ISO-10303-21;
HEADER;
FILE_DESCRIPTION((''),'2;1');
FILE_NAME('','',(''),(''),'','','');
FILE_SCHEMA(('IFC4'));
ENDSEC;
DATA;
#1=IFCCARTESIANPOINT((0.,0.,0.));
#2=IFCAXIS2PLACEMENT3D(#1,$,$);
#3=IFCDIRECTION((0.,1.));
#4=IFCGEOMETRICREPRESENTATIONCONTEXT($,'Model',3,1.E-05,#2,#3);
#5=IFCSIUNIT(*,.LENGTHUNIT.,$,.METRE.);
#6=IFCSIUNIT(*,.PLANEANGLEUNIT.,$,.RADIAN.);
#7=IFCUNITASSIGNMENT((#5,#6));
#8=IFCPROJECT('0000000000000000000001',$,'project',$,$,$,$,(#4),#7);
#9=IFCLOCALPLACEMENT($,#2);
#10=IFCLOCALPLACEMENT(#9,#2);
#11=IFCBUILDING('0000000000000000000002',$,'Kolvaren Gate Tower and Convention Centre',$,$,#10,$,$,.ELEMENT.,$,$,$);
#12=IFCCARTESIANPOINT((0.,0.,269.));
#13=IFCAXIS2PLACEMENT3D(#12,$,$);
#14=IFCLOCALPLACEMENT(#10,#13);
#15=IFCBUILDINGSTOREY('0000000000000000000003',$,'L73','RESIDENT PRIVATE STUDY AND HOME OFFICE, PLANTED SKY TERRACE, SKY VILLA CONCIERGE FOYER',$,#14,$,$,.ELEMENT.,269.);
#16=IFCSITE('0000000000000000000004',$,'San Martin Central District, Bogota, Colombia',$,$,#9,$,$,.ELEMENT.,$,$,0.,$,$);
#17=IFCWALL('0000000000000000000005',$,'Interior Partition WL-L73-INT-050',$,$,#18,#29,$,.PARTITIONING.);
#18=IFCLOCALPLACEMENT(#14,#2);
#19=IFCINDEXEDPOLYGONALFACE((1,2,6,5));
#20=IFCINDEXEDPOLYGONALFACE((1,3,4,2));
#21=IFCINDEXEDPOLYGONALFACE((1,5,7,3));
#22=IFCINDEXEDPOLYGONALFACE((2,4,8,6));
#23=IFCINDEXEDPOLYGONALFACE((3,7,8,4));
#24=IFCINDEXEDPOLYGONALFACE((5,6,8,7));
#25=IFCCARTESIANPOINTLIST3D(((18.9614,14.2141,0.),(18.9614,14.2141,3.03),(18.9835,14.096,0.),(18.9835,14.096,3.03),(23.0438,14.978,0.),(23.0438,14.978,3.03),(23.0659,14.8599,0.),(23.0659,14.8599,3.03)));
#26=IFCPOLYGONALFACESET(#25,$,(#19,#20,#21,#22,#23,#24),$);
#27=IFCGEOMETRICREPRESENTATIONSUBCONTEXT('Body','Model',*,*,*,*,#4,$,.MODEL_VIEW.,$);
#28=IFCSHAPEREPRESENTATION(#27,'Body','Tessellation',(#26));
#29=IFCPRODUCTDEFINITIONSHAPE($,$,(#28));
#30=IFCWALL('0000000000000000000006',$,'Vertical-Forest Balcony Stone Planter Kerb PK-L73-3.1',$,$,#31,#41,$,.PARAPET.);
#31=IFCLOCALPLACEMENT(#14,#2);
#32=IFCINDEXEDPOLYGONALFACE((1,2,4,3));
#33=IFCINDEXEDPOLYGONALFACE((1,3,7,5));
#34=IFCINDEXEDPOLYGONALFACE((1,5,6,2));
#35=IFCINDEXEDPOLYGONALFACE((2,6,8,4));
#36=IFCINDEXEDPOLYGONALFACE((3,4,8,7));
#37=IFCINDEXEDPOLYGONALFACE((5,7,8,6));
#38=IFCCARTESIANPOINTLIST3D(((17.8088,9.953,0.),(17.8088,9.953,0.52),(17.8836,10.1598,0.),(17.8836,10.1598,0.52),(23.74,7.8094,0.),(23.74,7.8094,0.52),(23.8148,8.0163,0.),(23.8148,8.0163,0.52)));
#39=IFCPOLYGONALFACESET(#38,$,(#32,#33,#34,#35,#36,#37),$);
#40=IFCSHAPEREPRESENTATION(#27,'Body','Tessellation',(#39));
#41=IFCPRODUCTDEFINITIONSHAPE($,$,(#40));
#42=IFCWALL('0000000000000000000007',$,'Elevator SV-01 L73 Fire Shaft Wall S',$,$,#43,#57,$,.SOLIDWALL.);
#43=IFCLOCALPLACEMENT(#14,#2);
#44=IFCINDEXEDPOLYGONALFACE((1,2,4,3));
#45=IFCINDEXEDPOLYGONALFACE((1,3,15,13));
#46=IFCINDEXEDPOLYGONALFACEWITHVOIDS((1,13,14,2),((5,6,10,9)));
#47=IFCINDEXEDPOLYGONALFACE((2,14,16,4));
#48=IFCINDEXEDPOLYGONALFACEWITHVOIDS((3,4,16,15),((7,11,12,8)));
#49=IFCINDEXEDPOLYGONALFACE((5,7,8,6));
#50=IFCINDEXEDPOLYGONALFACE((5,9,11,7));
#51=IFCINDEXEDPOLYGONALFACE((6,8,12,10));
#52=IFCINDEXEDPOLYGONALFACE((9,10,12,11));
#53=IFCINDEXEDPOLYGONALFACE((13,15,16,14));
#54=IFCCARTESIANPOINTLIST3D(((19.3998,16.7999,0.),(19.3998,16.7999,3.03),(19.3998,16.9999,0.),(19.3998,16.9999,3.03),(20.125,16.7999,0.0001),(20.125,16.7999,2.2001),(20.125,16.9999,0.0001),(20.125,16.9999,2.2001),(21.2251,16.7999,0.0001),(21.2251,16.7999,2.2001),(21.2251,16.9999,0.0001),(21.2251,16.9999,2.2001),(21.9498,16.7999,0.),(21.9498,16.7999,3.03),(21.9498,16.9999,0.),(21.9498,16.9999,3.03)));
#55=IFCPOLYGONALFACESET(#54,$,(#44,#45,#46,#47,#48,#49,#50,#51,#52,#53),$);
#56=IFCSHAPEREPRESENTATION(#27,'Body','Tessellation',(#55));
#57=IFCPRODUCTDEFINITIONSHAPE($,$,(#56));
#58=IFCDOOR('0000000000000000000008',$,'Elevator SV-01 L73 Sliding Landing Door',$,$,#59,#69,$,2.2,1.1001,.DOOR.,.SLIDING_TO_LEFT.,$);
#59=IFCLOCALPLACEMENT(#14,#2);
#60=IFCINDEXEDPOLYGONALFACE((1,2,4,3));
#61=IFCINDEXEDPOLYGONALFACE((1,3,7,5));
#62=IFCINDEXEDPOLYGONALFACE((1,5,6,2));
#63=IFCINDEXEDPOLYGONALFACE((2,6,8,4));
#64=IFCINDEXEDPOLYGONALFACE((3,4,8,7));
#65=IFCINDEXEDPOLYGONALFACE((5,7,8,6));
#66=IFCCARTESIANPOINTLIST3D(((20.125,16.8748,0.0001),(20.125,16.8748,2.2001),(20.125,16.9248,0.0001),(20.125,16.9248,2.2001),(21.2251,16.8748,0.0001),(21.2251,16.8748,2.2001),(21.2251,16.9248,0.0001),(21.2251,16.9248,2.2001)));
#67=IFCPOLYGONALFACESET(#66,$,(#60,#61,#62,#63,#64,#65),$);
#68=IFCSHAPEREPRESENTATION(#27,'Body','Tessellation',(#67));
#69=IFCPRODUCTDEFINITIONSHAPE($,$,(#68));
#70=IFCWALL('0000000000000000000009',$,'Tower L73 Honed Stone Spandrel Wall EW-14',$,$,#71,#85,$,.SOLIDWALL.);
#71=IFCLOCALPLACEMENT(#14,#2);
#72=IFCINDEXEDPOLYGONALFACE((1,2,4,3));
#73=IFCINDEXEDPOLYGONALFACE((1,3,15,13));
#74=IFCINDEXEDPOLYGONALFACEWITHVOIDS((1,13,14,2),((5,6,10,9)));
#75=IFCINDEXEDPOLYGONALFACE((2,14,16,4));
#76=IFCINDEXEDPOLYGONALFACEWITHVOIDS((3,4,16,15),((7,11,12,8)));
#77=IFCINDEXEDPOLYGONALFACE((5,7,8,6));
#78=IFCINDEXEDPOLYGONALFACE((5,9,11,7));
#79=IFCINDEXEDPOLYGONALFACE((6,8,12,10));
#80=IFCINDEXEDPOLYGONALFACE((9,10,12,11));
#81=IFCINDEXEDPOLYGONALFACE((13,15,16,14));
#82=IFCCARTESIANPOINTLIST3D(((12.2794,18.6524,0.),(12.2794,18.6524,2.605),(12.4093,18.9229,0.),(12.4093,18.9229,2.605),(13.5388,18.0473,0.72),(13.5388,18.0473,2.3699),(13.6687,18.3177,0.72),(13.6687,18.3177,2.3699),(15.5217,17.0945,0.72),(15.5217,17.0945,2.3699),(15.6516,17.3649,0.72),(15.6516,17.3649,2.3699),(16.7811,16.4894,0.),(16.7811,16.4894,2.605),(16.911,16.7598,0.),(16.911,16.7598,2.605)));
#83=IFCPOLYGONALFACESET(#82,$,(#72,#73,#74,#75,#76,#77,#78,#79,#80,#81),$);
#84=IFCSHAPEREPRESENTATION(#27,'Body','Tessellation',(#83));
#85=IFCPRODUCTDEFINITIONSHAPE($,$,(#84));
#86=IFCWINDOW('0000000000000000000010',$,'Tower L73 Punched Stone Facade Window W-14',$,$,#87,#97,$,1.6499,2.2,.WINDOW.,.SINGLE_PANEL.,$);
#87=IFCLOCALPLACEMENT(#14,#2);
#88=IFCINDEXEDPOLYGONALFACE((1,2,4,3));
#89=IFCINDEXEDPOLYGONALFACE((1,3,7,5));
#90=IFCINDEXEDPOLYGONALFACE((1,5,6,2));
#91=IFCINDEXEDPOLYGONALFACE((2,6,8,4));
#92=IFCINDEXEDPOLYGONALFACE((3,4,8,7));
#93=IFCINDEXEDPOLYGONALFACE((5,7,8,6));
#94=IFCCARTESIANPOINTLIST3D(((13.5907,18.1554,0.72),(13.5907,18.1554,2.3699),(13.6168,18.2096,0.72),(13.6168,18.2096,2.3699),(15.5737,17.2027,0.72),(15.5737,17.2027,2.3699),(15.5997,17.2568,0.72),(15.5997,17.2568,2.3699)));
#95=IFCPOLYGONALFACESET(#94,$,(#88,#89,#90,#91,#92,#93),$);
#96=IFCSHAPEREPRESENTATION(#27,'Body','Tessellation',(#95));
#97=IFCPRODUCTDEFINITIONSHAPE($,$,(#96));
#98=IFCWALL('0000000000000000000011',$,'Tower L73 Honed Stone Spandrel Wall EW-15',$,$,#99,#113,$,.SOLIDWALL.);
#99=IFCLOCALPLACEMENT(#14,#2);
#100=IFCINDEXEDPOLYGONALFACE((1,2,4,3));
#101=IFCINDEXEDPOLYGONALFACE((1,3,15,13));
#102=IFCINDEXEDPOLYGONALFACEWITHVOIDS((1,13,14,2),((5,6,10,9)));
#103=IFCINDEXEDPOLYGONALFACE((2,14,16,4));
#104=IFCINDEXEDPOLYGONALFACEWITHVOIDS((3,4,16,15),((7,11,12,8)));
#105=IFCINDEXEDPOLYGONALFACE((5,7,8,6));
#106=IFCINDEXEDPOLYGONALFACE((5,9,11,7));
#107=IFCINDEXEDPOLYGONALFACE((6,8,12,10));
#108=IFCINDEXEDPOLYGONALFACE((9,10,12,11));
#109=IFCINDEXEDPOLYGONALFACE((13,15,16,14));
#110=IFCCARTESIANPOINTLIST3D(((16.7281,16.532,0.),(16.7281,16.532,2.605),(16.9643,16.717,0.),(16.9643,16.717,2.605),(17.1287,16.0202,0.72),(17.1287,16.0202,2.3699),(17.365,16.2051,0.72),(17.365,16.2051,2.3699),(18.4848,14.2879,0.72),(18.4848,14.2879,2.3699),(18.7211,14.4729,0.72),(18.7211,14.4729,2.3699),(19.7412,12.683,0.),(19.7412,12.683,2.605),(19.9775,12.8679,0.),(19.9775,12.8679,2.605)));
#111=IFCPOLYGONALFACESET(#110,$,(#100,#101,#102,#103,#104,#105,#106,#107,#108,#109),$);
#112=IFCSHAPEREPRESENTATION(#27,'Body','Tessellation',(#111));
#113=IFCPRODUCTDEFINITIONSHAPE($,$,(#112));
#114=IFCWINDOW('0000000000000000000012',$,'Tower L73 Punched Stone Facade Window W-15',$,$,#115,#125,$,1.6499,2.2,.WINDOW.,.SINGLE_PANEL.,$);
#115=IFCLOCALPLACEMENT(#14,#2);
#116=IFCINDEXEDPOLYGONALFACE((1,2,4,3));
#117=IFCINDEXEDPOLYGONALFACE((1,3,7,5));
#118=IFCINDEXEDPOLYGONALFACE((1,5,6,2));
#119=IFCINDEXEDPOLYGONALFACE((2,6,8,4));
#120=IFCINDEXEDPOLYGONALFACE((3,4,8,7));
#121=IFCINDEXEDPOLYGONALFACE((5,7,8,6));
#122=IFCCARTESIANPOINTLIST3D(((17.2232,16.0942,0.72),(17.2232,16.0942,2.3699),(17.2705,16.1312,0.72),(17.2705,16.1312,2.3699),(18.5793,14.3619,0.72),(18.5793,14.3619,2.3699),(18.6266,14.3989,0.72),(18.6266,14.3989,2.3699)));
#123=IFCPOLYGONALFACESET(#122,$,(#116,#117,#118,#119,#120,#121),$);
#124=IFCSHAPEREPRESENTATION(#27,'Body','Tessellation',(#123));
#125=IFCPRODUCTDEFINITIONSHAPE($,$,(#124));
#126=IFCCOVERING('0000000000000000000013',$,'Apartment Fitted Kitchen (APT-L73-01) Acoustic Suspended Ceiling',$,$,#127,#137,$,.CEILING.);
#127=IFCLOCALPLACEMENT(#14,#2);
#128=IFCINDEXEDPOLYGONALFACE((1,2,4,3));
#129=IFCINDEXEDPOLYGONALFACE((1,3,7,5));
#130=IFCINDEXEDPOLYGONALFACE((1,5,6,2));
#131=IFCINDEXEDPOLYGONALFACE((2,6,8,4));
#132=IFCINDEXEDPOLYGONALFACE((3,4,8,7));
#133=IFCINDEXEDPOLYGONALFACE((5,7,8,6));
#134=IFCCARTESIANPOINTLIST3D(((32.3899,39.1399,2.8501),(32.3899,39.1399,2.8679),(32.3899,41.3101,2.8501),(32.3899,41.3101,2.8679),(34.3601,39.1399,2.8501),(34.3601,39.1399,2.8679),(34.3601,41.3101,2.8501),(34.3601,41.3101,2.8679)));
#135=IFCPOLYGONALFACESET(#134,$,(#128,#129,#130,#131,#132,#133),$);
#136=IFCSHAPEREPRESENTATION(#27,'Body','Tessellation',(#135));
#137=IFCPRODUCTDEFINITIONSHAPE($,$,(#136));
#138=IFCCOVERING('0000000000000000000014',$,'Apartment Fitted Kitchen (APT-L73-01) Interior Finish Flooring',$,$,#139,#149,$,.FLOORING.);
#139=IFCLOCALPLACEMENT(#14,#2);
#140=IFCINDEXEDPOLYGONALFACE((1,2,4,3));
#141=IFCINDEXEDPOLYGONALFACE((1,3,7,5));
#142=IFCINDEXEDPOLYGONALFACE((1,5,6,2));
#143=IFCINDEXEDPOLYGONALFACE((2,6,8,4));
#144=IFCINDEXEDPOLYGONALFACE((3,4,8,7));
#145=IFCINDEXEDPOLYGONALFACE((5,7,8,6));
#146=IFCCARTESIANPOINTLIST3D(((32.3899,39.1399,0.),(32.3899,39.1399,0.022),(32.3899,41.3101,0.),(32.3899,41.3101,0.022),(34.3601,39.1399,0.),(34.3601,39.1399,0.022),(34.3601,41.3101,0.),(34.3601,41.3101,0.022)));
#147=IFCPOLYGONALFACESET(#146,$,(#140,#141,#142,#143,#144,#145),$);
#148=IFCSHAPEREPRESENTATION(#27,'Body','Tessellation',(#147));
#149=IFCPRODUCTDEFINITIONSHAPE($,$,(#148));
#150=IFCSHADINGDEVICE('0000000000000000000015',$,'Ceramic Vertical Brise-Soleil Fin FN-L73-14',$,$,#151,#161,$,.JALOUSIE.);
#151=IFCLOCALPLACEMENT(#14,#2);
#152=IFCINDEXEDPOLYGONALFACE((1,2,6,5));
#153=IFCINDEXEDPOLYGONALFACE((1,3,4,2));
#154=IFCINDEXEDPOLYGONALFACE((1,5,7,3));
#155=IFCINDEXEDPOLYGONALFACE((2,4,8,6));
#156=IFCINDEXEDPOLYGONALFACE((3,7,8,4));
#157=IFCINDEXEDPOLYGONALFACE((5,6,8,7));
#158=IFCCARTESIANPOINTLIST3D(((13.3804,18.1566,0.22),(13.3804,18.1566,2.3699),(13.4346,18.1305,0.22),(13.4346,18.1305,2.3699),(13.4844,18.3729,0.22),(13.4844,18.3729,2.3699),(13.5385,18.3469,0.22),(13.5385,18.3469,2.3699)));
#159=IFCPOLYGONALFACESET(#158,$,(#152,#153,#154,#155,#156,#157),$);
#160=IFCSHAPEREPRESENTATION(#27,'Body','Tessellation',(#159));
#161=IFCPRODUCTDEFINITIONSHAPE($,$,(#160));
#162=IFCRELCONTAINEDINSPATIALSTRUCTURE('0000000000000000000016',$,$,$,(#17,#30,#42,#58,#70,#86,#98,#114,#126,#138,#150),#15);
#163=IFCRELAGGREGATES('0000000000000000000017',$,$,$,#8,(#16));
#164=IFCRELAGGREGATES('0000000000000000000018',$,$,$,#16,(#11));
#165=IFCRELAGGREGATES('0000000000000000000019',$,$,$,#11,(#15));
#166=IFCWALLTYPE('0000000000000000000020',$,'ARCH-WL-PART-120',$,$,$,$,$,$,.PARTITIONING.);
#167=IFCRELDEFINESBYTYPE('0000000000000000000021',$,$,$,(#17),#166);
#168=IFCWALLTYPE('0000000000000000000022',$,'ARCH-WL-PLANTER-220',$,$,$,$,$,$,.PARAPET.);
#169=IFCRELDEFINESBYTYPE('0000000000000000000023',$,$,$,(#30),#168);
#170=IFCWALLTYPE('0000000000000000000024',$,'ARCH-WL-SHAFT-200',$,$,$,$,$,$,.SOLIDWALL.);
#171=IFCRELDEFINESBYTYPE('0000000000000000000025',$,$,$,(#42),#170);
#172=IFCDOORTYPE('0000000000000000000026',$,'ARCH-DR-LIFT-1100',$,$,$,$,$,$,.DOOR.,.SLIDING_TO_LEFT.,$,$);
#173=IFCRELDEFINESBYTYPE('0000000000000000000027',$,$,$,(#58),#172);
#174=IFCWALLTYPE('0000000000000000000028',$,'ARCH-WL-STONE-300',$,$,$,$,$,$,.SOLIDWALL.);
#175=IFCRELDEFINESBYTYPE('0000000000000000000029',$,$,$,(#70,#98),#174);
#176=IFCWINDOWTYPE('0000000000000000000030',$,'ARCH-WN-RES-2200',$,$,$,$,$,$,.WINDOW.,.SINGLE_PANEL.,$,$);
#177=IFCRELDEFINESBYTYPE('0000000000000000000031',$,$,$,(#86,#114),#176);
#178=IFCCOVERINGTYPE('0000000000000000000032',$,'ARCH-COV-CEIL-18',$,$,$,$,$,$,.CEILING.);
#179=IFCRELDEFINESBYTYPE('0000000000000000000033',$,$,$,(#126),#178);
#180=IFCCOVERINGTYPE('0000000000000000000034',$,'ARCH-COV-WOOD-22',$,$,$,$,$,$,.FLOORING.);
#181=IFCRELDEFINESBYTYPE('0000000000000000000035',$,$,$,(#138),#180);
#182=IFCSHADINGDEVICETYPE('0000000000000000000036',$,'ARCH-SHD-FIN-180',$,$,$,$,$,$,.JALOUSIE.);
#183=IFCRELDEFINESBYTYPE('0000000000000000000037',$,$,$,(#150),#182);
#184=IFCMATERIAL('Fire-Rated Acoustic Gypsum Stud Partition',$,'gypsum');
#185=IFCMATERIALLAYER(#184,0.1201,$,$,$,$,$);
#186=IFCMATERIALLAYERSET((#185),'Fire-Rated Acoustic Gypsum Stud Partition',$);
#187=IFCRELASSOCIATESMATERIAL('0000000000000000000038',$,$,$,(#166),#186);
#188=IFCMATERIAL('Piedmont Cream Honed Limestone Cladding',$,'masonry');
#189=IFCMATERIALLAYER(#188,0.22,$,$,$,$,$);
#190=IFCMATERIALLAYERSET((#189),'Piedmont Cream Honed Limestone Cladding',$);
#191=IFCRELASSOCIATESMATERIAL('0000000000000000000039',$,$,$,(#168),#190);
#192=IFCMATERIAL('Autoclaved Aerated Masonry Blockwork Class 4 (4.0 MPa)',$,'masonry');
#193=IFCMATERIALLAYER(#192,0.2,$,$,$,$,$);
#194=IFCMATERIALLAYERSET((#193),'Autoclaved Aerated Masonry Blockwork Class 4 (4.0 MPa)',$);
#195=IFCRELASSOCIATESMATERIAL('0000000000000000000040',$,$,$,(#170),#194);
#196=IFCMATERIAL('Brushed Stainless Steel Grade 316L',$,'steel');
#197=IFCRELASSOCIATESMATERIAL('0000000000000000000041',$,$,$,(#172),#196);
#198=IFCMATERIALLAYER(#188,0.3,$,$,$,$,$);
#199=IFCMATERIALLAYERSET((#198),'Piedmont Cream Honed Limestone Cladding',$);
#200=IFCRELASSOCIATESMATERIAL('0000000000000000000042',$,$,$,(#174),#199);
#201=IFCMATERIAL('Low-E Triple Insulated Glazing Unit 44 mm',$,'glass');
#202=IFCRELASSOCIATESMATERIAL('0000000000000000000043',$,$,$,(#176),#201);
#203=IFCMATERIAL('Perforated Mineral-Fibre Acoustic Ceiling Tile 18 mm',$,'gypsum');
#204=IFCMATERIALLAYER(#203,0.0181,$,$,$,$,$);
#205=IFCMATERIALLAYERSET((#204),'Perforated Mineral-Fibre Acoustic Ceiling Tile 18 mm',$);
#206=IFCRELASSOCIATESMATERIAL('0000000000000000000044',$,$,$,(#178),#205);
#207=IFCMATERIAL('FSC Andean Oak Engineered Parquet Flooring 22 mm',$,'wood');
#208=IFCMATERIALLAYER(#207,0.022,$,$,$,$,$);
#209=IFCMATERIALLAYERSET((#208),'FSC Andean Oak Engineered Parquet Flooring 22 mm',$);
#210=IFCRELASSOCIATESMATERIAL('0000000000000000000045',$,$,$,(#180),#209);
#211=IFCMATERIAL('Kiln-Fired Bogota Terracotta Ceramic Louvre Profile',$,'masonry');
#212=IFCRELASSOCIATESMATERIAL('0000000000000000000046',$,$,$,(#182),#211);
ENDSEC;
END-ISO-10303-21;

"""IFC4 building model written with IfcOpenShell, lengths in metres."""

from ifc_helpers import new_model, si_unit, direction, frame, frame_2d, origin, origin_2d, place, context, subcontext, project, spatial, polyline, rectangle, outline, extrude, material, layer, layer_set, type_object, element, fill, save


model = new_model("IFC4")

# Units and contexts
model_context = context("Model", 3, precision=1e-05, world=origin(), true_north=direction((0.0, 1.0)))
body_context = subcontext(model_context, "Body", "Model", "MODEL_VIEW")
ifc_project = project(units=[si_unit("LENGTHUNIT", "METRE"), si_unit("PLANEANGLEUNIT", "RADIAN")], contexts=[model_context])

# Site, building, storey
site_placement = place(None, origin())
site = spatial("IfcSite", under=ifc_project, at=site_placement, Name="San Martin Central District, Bogota, Colombia", CompositionType="ELEMENT", RefElevation=0.0)
building_placement = place(site_placement, origin())
building = spatial("IfcBuilding", under=site, at=building_placement, Name="Kolvaren Gate Tower and Convention Centre", CompositionType="ELEMENT")
storey_placement = place(building_placement, frame((0.0, 0.0, 269.0)))
storey = spatial("IfcBuildingStorey", under=building, at=storey_placement, Name="L73", Description="RESIDENT PRIVATE STUDY AND HOME OFFICE, PLANTED SKY TERRACE, SKY VILLA CONCIERGE FOYER", CompositionType="ELEMENT", Elevation=269.0)

# Walls
ifc_material_1 = material(Name="Fire-Rated Acoustic Gypsum Stud Partition", Category="gypsum")
ifc_layer_1 = layer(ifc_material_1, 0.1201)
ifc_layer_set_1 = layer_set([ifc_layer_1], Name="Fire-Rated Acoustic Gypsum Stud Partition")
wall_type_1 = type_object("IfcWallType", Name="ARCH-WL-PART-120", PredefinedType="PARTITIONING", material=ifc_layer_set_1)
wall_1_placement = place(storey_placement, frame((18.9724, 14.155, 0.0), z_axis=(0.0, 0.0, 1.0), x_axis=(0.98294, 0.183927, 0.0)))
element("IfcWall", 1, at=wall_1_placement, inside=storey, type_object=wall_type_1, Name="Interior Partition WL-L73-INT-050", PredefinedType="PARTITIONING", context=body_context, shape_type="SweptSolid", body=[
    extrude(rectangle(XDim=4.1533, YDim=0.1201, at=frame_2d((2.0767, 0.0))), origin(), (0.0, 0.0, 1.0), 3.03),
])
ifc_material_2 = material(Name="Piedmont Cream Honed Limestone Cladding", Category="masonry")
ifc_layer_2 = layer(ifc_material_2, 0.22)
ifc_layer_set_2 = layer_set([ifc_layer_2], Name="Piedmont Cream Honed Limestone Cladding")
wall_type_2 = type_object("IfcWallType", Name="ARCH-WL-PLANTER-220", PredefinedType="PARAPET", material=ifc_layer_set_2)
wall_2_placement = place(storey_placement, frame((17.8462, 10.0564, 0.0), z_axis=(0.0, 0.0, 1.0), x_axis=(0.940465, -0.33989, 0.0)))
element("IfcWall", 2, at=wall_2_placement, inside=storey, type_object=wall_type_2, Name="Vertical-Forest Balcony Stone Planter Kerb PK-L73-3.1", PredefinedType="PARAPET", context=body_context, shape_type="SweptSolid", body=[
    extrude(rectangle(XDim=6.3066, YDim=0.22, at=frame_2d((3.1533, 0.0))), origin(), (0.0, 0.0, 1.0), 0.52),
])

# Wall, opening, door
ifc_material_3 = material(Name="Autoclaved Aerated Masonry Blockwork Class 4 (4.0 MPa)", Category="masonry")
ifc_layer_3 = layer(ifc_material_3, 0.2)
ifc_layer_set_3 = layer_set([ifc_layer_3], Name="Autoclaved Aerated Masonry Blockwork Class 4 (4.0 MPa)")
wall_type_3 = type_object("IfcWallType", Name="ARCH-WL-SHAFT-200", PredefinedType="SOLIDWALL", material=ifc_layer_set_3)
wall_3_placement = place(storey_placement, frame((19.3999, 16.8999, 0.0), z_axis=(0.0, 0.0, 1.0), x_axis=(1.0, 0.0, 0.0)))
wall_3 = element("IfcWall", 3, at=wall_3_placement, inside=storey, type_object=wall_type_3, Name="Elevator SV-01 L73 Fire Shaft Wall S", PredefinedType="SOLIDWALL", context=body_context, shape_type="SweptSolid", body=[
    extrude(rectangle(XDim=2.55, YDim=0.2, at=frame_2d((1.2749, 0.0))), origin(), (0.0, 0.0, 1.0), 3.03),
])
opening_1_placement = place(wall_3_placement, frame((0.7251, 0.0, 0.0)))
opening_1 = element("IfcOpeningElement", 4, at=opening_1_placement, cuts=wall_3, PredefinedType="OPENING", context=body_context, shape_type="SweptSolid", body=[
    extrude(rectangle(XDim=1.1001, YDim=2.2, at=frame_2d((0.55, 1.1001))), frame((0.0, 0.1099, 0.0), z_axis=(0.0, -1.0, 0.0), x_axis=(1.0, 0.0, 0.0)), (0.0, 0.0, 1.0), 0.22),
])
ifc_material_4 = material(Name="Brushed Stainless Steel Grade 316L", Category="steel")
door_type = type_object("IfcDoorType", Name="ARCH-DR-LIFT-1100", OperationType="SLIDING_TO_LEFT", PredefinedType="DOOR", material=ifc_material_4)
door_placement = place(opening_1_placement, origin())
door = element("IfcDoor", 5, at=door_placement, inside=storey, type_object=door_type, Name="Elevator SV-01 L73 Sliding Landing Door", OperationType="SLIDING_TO_LEFT", OverallHeight=2.2, OverallWidth=1.1001, PredefinedType="DOOR", context=body_context, shape_type="SweptSolid", body=[
    extrude(rectangle(XDim=1.1001, YDim=2.2, at=frame_2d((0.55, 1.1001))), frame((0.0, 0.0249, 0.0), z_axis=(0.0, -1.0, 0.0), x_axis=(1.0, 0.0, 0.0)), (0.0, 0.0, 1.0), 0.05),
])
fill(opening_1, door)

# Walls, openings, windows
ifc_layer_4 = layer(ifc_material_2, 0.3)
ifc_layer_set_4 = layer_set([ifc_layer_4], Name="Piedmont Cream Honed Limestone Cladding")
wall_type_4 = type_object("IfcWallType", Name="ARCH-WL-STONE-300", PredefinedType="SOLIDWALL", material=ifc_layer_set_4)
wall_4_placement = place(storey_placement, frame((12.3445, 18.7876, 0.0), z_axis=(0.0, 0.0, 1.0), x_axis=(0.901346, -0.4331, 0.0)))
wall_4 = element("IfcWall", 6, at=wall_4_placement, inside=storey, type_object=wall_type_4, Name="Tower L73 Honed Stone Spandrel Wall EW-14", PredefinedType="SOLIDWALL", context=body_context, shape_type="SweptSolid", body=[
    extrude(rectangle(XDim=4.9944, YDim=0.3, at=frame_2d((2.4971, 0.0))), origin(), (0.0, 0.0, 1.0), 2.605),
])
opening_2_placement = place(wall_4_placement, frame((1.397, 0.0, 0.72)))
opening_2 = element("IfcOpeningElement", 7, at=opening_2_placement, cuts=wall_4, PredefinedType="OPENING", context=body_context, shape_type="SweptSolid", body=[
    extrude(rectangle(XDim=2.2, YDim=1.6499, at=frame_2d((1.1001, 0.825))), frame((0.0, 0.1599, 0.0), z_axis=(0.0, -1.0, 0.0), x_axis=(1.0, 0.0, 0.0)), (0.0, 0.0, 1.0), 0.3201),
])
ifc_material_5 = material(Name="Low-E Triple Insulated Glazing Unit 44 mm", Category="glass")
window_type = type_object("IfcWindowType", Name="ARCH-WN-RES-2200", PartitioningType="SINGLE_PANEL", PredefinedType="WINDOW", material=ifc_material_5)
window_1_placement = place(opening_2_placement, origin())
window_1 = element("IfcWindow", 8, at=window_1_placement, inside=storey, type_object=window_type, Name="Tower L73 Punched Stone Facade Window W-14", OverallHeight=1.6499, OverallWidth=2.2, PartitioningType="SINGLE_PANEL", PredefinedType="WINDOW", context=body_context, shape_type="SweptSolid", body=[
    extrude(rectangle(XDim=2.2, YDim=1.6499, at=frame_2d((1.1001, 0.825))), frame((0.0, 0.03, 0.0), z_axis=(0.0, -1.0, 0.0), x_axis=(1.0, 0.0, 0.0)), (0.0, 0.0, 1.0), 0.0601),
])
fill(opening_2, window_1)
wall_5_placement = place(storey_placement, frame((16.8462, 16.6245, 0.0), z_axis=(0.0, 0.0, 1.0), x_axis=(0.616413, -0.787423, 0.0)))
wall_5 = element("IfcWall", 9, at=wall_5_placement, inside=storey, type_object=wall_type_4, Name="Tower L73 Honed Stone Spandrel Wall EW-15", PredefinedType="SOLIDWALL", context=body_context, shape_type="SweptSolid", body=[
    extrude(rectangle(XDim=4.8882, YDim=0.3, at=frame_2d((2.4441, 0.0))), origin(), (0.0, 0.0, 1.0), 2.605),
])
opening_3_placement = place(wall_5_placement, frame((0.6499, 0.0, 0.72)))
opening_3 = element("IfcOpeningElement", 10, at=opening_3_placement, cuts=wall_5, PredefinedType="OPENING", context=body_context, shape_type="SweptSolid", body=[
    extrude(rectangle(XDim=2.2, YDim=1.6499, at=frame_2d((1.1001, 0.825))), frame((0.0, 0.1599, 0.0), z_axis=(0.0, -1.0, 0.0), x_axis=(1.0, 0.0, 0.0)), (0.0, 0.0, 1.0), 0.3201),
])
window_2_placement = place(opening_3_placement, origin())
window_2 = element("IfcWindow", 11, at=window_2_placement, inside=storey, type_object=window_type, Name="Tower L73 Punched Stone Facade Window W-15", OverallHeight=1.6499, OverallWidth=2.2, PartitioningType="SINGLE_PANEL", PredefinedType="WINDOW", context=body_context, shape_type="SweptSolid", body=[
    extrude(rectangle(XDim=2.2, YDim=1.6499, at=frame_2d((1.1001, 0.825))), frame((0.0, 0.03, 0.0), z_axis=(0.0, -1.0, 0.0), x_axis=(1.0, 0.0, 0.0)), (0.0, 0.0, 1.0), 0.0601),
])
fill(opening_3, window_2)

# Coverings
ifc_material_6 = material(Name="Perforated Mineral-Fibre Acoustic Ceiling Tile 18 mm", Category="gypsum")
ifc_layer_5 = layer(ifc_material_6, 0.0181)
ifc_layer_set_5 = layer_set([ifc_layer_5], Name="Perforated Mineral-Fibre Acoustic Ceiling Tile 18 mm")
covering_type_1 = type_object("IfcCoveringType", Name="ARCH-COV-CEIL-18", PredefinedType="CEILING", material=ifc_layer_set_5)
covering_1_placement = place(storey_placement, frame((0.0, 0.0, 2.8501)))
element("IfcCovering", 12, at=covering_1_placement, inside=storey, type_object=covering_type_1, Name="Apartment Fitted Kitchen (APT-L73-01) Acoustic Suspended Ceiling", PredefinedType="CEILING", context=body_context, shape_type="SweptSolid", body=[
    extrude(outline(polyline([(32.3899, 39.1399), (32.3899, 41.3101), (34.3601, 41.3101), (34.3601, 39.1399), (32.3899, 39.1399)])), origin(), (0.0, 0.0, 1.0), 0.0178),
])
ifc_material_7 = material(Name="FSC Andean Oak Engineered Parquet Flooring 22 mm", Category="wood")
ifc_layer_6 = layer(ifc_material_7, 0.022)
ifc_layer_set_6 = layer_set([ifc_layer_6], Name="FSC Andean Oak Engineered Parquet Flooring 22 mm")
covering_type_2 = type_object("IfcCoveringType", Name="ARCH-COV-WOOD-22", PredefinedType="FLOORING", material=ifc_layer_set_6)
covering_2_placement = place(storey_placement, origin())
element("IfcCovering", 13, at=covering_2_placement, inside=storey, type_object=covering_type_2, Name="Apartment Fitted Kitchen (APT-L73-01) Interior Finish Flooring", PredefinedType="FLOORING", context=body_context, shape_type="SweptSolid", body=[
    extrude(outline(polyline([(32.3899, 39.1399), (32.3899, 41.3101), (34.3601, 41.3101), (34.3601, 39.1399), (32.3899, 39.1399)])), origin(), (0.0, 0.0, 1.0), 0.022),
])

# Shading device
ifc_material_8 = material(Name="Kiln-Fired Bogota Terracotta Ceramic Louvre Profile", Category="masonry")
shading_device_type = type_object("IfcShadingDeviceType", Name="ARCH-SHD-FIN-180", PredefinedType="JALOUSIE", material=ifc_material_8)
shading_device_placement = place(storey_placement, frame((13.4595, 18.2517, 0.22), z_axis=(0.0, 0.0, 1.0), x_axis=(0.901356, -0.433079, 0.0)))
element("IfcShadingDevice", 14, at=shading_device_placement, inside=storey, type_object=shading_device_type, Name="Ceramic Vertical Brise-Soleil Fin FN-L73-14", PredefinedType="JALOUSIE", context=body_context, shape_type="SweptSolid", body=[
    extrude(rectangle(XDim=0.0601, YDim=0.24, at=origin_2d()), origin(), (0.0, 0.0, 1.0), 2.1499),
])

save(model, "model.ifc")
